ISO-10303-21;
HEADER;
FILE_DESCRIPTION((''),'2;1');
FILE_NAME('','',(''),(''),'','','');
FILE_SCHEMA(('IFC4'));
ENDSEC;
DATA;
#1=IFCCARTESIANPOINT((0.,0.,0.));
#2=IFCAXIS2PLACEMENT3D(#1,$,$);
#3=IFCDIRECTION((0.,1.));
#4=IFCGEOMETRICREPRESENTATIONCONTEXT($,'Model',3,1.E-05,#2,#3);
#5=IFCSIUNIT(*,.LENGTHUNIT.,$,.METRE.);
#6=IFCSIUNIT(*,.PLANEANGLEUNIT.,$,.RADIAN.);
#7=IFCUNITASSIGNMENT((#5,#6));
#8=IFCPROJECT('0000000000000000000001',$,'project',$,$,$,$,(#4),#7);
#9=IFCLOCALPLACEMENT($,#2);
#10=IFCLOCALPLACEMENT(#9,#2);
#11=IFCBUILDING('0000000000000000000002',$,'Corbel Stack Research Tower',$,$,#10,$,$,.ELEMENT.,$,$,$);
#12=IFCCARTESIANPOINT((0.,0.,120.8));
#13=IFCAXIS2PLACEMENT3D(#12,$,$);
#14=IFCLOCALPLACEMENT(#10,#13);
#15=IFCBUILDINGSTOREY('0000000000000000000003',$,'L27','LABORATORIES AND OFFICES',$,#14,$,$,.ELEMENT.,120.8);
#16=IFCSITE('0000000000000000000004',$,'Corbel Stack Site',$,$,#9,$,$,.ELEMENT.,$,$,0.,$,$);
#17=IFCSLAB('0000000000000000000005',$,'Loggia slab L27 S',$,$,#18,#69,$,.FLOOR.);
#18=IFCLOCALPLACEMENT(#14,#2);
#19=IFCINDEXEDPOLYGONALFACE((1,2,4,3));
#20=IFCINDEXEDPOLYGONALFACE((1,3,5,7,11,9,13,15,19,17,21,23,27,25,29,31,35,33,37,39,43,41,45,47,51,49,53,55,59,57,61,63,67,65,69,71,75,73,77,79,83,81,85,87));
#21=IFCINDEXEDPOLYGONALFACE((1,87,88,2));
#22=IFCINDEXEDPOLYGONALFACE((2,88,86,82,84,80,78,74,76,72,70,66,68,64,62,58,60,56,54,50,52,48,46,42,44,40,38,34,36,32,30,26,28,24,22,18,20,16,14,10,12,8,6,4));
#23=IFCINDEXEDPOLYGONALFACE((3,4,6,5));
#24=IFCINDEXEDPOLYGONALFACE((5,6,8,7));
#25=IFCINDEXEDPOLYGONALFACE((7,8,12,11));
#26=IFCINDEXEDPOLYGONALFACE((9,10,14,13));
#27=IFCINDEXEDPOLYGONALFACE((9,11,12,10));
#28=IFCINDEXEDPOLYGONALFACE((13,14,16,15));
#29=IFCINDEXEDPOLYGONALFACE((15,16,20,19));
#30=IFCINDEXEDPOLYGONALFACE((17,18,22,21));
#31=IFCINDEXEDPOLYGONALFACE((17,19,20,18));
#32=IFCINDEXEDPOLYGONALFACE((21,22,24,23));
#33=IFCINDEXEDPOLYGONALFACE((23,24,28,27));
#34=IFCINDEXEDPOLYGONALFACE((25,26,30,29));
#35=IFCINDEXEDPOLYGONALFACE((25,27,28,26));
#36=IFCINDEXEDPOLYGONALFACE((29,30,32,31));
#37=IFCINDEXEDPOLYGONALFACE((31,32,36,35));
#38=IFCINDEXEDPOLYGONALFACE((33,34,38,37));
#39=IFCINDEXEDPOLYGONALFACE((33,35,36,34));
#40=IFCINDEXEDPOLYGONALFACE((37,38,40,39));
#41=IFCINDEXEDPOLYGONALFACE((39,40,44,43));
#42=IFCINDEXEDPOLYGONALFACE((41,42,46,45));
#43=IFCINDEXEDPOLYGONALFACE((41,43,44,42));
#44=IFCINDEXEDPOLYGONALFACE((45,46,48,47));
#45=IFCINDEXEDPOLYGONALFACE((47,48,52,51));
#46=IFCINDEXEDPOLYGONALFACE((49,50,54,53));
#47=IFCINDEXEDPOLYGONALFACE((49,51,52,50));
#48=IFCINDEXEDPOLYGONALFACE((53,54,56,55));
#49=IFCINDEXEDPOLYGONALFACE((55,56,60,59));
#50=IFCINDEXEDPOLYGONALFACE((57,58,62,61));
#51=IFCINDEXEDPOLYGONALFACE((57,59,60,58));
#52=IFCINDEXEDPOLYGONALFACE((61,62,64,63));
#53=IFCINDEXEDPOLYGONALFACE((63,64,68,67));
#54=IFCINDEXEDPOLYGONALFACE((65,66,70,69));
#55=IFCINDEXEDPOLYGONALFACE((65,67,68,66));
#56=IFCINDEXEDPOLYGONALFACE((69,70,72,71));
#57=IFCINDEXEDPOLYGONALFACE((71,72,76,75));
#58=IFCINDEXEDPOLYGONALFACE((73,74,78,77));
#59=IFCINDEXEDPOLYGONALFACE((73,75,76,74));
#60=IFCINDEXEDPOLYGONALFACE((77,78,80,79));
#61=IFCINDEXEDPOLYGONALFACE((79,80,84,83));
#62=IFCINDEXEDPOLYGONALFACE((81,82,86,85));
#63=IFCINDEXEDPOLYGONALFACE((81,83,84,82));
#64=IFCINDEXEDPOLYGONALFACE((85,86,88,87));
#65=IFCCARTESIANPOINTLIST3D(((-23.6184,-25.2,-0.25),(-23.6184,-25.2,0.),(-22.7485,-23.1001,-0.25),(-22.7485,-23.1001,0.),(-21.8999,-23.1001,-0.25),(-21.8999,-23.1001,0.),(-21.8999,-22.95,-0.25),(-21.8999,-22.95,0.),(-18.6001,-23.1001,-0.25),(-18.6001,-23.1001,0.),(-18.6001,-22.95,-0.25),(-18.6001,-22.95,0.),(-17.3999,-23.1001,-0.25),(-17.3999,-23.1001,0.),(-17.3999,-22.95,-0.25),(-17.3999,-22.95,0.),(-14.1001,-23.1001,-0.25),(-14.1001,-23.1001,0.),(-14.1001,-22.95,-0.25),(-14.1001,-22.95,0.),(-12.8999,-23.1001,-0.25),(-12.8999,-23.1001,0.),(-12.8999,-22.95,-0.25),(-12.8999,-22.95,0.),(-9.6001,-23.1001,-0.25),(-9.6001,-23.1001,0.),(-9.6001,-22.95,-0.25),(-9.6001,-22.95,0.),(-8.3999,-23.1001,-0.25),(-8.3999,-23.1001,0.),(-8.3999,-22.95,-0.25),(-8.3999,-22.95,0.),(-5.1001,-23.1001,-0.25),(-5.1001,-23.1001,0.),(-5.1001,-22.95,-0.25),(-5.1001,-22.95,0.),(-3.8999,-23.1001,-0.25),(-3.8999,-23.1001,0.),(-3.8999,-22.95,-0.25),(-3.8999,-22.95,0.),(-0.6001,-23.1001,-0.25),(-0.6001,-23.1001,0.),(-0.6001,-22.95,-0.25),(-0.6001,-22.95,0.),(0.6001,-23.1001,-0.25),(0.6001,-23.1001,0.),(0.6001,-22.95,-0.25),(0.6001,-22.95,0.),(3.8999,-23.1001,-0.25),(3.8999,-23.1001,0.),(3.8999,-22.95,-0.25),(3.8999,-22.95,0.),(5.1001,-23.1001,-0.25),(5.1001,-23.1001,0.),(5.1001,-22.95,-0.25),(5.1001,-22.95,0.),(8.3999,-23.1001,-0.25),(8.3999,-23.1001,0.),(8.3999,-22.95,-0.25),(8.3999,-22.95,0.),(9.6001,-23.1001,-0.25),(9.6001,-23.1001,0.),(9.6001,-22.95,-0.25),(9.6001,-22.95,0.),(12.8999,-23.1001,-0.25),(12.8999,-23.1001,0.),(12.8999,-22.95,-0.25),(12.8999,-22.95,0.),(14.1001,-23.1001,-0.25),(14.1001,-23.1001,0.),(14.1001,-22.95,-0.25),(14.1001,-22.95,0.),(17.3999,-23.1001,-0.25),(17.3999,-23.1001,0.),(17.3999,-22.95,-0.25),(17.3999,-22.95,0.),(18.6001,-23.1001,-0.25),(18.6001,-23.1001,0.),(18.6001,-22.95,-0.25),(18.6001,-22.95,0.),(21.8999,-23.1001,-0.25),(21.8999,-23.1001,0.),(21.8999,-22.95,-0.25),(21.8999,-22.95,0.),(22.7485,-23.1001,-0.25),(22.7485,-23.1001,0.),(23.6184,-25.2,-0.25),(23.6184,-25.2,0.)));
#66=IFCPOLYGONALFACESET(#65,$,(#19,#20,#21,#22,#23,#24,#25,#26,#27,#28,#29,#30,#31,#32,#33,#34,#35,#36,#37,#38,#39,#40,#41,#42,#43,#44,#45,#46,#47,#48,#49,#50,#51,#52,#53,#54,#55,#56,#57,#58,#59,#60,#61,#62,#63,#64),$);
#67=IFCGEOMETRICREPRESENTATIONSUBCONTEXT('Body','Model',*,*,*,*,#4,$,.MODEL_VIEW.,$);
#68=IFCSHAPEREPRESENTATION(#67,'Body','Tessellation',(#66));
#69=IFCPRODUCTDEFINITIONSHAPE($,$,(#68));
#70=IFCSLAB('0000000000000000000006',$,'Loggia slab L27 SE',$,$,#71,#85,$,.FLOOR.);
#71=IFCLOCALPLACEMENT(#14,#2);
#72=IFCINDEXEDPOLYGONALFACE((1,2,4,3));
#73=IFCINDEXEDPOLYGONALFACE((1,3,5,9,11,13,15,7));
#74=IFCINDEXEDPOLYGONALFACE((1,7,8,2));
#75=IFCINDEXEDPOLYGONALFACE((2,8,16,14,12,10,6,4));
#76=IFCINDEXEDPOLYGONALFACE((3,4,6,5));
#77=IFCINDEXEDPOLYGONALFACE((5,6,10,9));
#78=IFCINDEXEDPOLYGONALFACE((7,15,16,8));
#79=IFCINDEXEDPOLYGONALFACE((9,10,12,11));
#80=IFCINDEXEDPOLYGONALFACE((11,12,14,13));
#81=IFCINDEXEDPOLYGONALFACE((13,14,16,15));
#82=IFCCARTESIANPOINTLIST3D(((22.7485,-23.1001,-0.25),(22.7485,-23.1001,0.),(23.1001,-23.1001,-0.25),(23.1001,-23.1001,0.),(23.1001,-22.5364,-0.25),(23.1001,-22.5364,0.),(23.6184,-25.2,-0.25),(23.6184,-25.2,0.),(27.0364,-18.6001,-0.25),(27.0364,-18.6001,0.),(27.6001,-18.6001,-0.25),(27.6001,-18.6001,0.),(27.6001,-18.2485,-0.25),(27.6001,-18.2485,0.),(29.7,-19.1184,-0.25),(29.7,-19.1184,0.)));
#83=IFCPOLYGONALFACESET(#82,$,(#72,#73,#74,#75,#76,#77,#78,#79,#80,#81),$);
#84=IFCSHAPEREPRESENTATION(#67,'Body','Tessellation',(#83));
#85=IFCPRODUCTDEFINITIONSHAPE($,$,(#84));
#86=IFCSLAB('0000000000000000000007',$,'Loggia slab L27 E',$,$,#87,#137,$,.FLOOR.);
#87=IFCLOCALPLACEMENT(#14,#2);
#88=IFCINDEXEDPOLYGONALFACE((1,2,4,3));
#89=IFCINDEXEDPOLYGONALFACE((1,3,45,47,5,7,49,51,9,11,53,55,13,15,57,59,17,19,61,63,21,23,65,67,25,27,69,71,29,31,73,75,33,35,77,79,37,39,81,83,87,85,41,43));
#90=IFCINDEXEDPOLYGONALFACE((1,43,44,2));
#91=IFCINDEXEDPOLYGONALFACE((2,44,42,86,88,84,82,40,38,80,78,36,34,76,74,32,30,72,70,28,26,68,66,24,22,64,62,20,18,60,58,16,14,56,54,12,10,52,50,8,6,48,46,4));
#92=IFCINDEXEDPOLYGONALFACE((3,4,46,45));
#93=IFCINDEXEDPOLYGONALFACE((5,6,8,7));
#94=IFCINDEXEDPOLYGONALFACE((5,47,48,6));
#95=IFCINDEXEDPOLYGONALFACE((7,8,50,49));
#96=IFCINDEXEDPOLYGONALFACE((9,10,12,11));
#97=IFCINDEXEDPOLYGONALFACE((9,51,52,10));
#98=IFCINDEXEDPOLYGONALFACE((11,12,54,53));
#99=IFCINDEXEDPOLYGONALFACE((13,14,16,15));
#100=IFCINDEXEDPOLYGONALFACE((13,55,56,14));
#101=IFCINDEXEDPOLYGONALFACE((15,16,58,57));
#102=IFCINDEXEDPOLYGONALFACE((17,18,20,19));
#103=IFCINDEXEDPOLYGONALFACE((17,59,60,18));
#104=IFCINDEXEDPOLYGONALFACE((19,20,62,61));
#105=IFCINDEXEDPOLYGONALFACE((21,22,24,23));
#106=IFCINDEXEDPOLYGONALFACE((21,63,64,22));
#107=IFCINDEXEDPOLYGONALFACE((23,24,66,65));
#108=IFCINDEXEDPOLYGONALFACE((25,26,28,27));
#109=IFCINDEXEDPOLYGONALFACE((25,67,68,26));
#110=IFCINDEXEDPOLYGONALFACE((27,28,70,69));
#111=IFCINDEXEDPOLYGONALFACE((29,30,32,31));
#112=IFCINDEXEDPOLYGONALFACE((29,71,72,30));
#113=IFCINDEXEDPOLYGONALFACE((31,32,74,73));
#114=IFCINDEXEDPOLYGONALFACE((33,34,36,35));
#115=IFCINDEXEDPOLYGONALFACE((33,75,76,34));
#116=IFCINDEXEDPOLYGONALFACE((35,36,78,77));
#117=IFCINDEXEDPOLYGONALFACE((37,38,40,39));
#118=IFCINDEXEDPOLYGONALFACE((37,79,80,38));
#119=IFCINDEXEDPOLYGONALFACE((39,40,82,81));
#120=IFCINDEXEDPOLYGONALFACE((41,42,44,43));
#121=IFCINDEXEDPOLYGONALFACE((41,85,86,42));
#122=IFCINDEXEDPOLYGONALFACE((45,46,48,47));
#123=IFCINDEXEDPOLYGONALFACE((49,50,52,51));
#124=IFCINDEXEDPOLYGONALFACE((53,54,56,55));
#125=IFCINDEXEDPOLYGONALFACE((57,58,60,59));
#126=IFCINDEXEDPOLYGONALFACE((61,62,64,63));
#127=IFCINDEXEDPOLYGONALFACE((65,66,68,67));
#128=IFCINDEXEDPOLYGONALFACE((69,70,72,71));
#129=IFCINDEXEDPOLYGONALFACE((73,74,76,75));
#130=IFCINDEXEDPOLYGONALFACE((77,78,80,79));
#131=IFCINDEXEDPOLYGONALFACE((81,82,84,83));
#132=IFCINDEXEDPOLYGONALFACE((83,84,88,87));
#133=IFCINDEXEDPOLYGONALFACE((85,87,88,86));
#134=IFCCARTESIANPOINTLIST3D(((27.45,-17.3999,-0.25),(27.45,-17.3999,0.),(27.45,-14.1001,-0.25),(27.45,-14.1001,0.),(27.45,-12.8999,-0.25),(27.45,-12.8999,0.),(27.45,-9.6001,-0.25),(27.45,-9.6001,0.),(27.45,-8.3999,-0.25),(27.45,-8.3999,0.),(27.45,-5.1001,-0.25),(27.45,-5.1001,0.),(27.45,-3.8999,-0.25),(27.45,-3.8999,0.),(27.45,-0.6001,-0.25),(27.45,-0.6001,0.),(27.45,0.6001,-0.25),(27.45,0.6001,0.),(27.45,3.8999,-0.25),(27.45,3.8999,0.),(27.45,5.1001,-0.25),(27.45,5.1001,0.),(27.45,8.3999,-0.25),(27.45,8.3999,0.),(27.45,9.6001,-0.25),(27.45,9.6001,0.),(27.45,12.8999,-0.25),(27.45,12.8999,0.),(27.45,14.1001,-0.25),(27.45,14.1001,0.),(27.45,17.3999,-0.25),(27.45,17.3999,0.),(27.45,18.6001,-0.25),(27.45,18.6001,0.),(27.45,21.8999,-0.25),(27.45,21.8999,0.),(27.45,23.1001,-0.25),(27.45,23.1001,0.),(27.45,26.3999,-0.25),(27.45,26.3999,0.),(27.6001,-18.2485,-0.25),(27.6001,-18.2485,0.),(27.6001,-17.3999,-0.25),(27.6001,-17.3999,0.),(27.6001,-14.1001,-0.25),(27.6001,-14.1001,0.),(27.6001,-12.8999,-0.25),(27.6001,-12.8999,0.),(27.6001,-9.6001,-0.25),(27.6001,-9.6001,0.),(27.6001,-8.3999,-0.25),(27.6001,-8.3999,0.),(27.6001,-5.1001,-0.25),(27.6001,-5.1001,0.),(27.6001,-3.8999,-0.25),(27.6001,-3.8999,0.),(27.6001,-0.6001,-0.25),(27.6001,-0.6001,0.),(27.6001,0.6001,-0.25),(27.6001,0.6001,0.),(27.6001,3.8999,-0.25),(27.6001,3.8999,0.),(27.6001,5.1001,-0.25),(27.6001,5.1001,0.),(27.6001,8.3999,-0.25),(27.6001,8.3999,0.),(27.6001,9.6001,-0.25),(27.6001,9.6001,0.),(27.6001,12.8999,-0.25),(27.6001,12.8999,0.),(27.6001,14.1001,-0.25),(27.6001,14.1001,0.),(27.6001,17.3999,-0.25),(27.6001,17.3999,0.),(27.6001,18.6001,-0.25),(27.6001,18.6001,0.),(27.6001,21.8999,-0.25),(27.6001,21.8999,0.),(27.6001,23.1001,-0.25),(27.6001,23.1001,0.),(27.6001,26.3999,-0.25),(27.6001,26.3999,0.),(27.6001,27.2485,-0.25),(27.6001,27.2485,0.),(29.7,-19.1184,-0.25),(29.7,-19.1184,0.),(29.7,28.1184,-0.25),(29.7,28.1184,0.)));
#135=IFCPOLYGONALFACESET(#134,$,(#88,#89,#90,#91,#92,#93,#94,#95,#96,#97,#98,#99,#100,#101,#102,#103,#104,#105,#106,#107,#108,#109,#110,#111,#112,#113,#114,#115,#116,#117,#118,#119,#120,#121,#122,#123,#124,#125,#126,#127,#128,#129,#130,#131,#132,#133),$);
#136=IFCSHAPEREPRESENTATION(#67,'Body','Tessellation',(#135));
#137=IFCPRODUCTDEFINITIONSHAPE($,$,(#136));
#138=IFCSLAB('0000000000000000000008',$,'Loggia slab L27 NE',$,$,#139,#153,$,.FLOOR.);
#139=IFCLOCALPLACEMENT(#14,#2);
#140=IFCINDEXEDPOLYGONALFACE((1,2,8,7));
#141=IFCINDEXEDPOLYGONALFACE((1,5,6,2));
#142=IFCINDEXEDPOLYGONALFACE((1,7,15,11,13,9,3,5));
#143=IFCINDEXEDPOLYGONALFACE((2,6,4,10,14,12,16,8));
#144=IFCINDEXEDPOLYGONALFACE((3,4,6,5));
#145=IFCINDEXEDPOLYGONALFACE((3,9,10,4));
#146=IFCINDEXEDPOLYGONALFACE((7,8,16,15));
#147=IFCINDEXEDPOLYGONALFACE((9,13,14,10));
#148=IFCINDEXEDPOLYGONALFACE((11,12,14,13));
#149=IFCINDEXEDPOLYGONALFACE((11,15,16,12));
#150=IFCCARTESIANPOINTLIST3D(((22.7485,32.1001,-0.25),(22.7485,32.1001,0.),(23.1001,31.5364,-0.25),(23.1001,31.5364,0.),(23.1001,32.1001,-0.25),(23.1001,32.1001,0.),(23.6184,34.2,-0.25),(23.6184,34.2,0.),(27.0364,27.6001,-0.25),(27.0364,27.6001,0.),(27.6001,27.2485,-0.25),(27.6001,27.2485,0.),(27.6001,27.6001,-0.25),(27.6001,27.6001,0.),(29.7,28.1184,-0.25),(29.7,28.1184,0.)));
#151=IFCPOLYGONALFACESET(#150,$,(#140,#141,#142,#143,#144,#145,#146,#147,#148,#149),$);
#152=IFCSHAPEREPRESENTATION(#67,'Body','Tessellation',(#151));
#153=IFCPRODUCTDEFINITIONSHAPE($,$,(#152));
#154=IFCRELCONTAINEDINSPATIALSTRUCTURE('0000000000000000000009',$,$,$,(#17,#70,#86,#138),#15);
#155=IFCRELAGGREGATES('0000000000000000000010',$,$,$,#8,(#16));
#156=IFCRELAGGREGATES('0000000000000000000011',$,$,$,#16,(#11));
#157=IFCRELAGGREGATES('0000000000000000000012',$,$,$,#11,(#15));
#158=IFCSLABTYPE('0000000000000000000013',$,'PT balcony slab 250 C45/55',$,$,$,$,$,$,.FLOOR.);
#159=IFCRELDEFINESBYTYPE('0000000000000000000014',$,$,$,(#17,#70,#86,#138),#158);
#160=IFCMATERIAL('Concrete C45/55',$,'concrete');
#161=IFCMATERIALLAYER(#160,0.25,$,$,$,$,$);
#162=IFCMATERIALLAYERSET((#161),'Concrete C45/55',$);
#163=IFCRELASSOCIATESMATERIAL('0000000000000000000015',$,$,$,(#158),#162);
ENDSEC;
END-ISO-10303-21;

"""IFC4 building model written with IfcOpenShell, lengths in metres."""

from ifc_helpers import new_model, si_unit, direction, frame, origin, place, context, subcontext, project, spatial, polyline, outline, extrude, material, layer, layer_set, type_object, element, save


model = new_model("IFC4")

# Units and contexts
model_context = context("Model", 3, precision=1e-05, world=origin(), true_north=direction((0.0, 1.0)))
body_context = subcontext(model_context, "Body", "Model", "MODEL_VIEW")
ifc_project = project(units=[si_unit("LENGTHUNIT", "METRE"), si_unit("PLANEANGLEUNIT", "RADIAN")], contexts=[model_context])

# Site, building, storey
site_placement = place(None, origin())
site = spatial("IfcSite", under=ifc_project, at=site_placement, Name="Corbel Stack Site", CompositionType="ELEMENT", RefElevation=0.0)
building_placement = place(site_placement, origin())
building = spatial("IfcBuilding", under=site, at=building_placement, Name="Corbel Stack Research Tower", CompositionType="ELEMENT")
storey_placement = place(building_placement, frame((0.0, 0.0, 120.8)))
storey = spatial("IfcBuildingStorey", under=building, at=storey_placement, Name="L27", Description="LABORATORIES AND OFFICES", CompositionType="ELEMENT", Elevation=120.8)

# Slabs
ifc_material_1 = material(Name="Concrete C45/55", Category="concrete")
ifc_layer_1 = layer(ifc_material_1, 0.25)
ifc_layer_set_1 = layer_set([ifc_layer_1], Name="Concrete C45/55")
slab_type_1 = type_object("IfcSlabType", Name="PT balcony slab 250 C45/55", PredefinedType="FLOOR", material=ifc_layer_set_1)
slab_1_placement = place(storey_placement, frame((0.0, 0.0, -0.25)))
element("IfcSlab", 1, at=slab_1_placement, inside=storey, type_object=slab_type_1, Name="Loggia slab L27 S", PredefinedType="FLOOR", context=body_context, shape_type="SweptSolid", body=[
    extrude(outline(polyline([(22.7485, -23.1001), (21.8999, -23.1001), (21.8999, -22.95), (18.6001, -22.95), (18.6001, -23.1001), (17.3999, -23.1001), (17.3999, -22.95), (14.1001, -22.95), (14.1001, -23.1001), (12.8999, -23.1001), (12.8999, -22.95), (9.6001, -22.95), (9.6001, -23.1001), (8.3999, -23.1001), (8.3999, -22.95), (5.1001, -22.95), (5.1001, -23.1001), (3.8999, -23.1001), (3.8999, -22.95), (0.6001, -22.95), (0.6001, -23.1001), (-0.6001, -23.1001), (-0.6001, -22.95), (-3.8999, -22.95), (-3.8999, -23.1001), (-5.1001, -23.1001), (-5.1001, -22.95), (-8.3999, -22.95), (-8.3999, -23.1001), (-9.6001, -23.1001), (-9.6001, -22.95), (-12.8999, -22.95), (-12.8999, -23.1001), (-14.1001, -23.1001), (-14.1001, -22.95), (-17.3999, -22.95), (-17.3999, -23.1001), (-18.6001, -23.1001), (-18.6001, -22.95), (-21.8999, -22.95), (-21.8999, -23.1001), (-22.7485, -23.1001), (-23.6184, -25.2), (23.6184, -25.2), (22.7485, -23.1001)])), origin(), (0.0, 0.0, 1.0), 0.25),
])
slab_2_placement = place(storey_placement, frame((0.0, 0.0, -0.25)))
element("IfcSlab", 2, at=slab_2_placement, inside=storey, type_object=slab_type_1, Name="Loggia slab L27 SE", PredefinedType="FLOOR", context=body_context, shape_type="SweptSolid", body=[
    extrude(outline(polyline([(27.6001, -18.2485), (27.6001, -18.6001), (27.0364, -18.6001), (23.1001, -22.5364), (23.1001, -23.1001), (22.7485, -23.1001), (23.6184, -25.2), (29.7, -19.1184), (27.6001, -18.2485)])), origin(), (0.0, 0.0, 1.0), 0.25),
])
slab_3_placement = place(storey_placement, frame((0.0, 0.0, -0.25)))
element("IfcSlab", 3, at=slab_3_placement, inside=storey, type_object=slab_type_1, Name="Loggia slab L27 E", PredefinedType="FLOOR", context=body_context, shape_type="SweptSolid", body=[
    extrude(outline(polyline([(27.6001, 27.2485), (27.6001, 26.3999), (27.45, 26.3999), (27.45, 23.1001), (27.6001, 23.1001), (27.6001, 21.8999), (27.45, 21.8999), (27.45, 18.6001), (27.6001, 18.6001), (27.6001, 17.3999), (27.45, 17.3999), (27.45, 14.1001), (27.6001, 14.1001), (27.6001, 12.8999), (27.45, 12.8999), (27.45, 9.6001), (27.6001, 9.6001), (27.6001, 8.3999), (27.45, 8.3999), (27.45, 5.1001), (27.6001, 5.1001), (27.6001, 3.8999), (27.45, 3.8999), (27.45, 0.6001), (27.6001, 0.6001), (27.6001, -0.6001), (27.45, -0.6001), (27.45, -3.8999), (27.6001, -3.8999), (27.6001, -5.1001), (27.45, -5.1001), (27.45, -8.3999), (27.6001, -8.3999), (27.6001, -9.6001), (27.45, -9.6001), (27.45, -12.8999), (27.6001, -12.8999), (27.6001, -14.1001), (27.45, -14.1001), (27.45, -17.3999), (27.6001, -17.3999), (27.6001, -18.2485), (29.7, -19.1184), (29.7, 28.1184), (27.6001, 27.2485)])), origin(), (0.0, 0.0, 1.0), 0.25),
])
slab_4_placement = place(storey_placement, frame((0.0, 0.0, -0.25)))
element("IfcSlab", 4, at=slab_4_placement, inside=storey, type_object=slab_type_1, Name="Loggia slab L27 NE", PredefinedType="FLOOR", context=body_context, shape_type="SweptSolid", body=[
    extrude(outline(polyline([(22.7485, 32.1001), (23.1001, 32.1001), (23.1001, 31.5364), (27.0364, 27.6001), (27.6001, 27.6001), (27.6001, 27.2485), (29.7, 28.1184), (23.6184, 34.2), (22.7485, 32.1001)])), origin(), (0.0, 0.0, 1.0), 0.25),
])

save(model, "model.ifc")
